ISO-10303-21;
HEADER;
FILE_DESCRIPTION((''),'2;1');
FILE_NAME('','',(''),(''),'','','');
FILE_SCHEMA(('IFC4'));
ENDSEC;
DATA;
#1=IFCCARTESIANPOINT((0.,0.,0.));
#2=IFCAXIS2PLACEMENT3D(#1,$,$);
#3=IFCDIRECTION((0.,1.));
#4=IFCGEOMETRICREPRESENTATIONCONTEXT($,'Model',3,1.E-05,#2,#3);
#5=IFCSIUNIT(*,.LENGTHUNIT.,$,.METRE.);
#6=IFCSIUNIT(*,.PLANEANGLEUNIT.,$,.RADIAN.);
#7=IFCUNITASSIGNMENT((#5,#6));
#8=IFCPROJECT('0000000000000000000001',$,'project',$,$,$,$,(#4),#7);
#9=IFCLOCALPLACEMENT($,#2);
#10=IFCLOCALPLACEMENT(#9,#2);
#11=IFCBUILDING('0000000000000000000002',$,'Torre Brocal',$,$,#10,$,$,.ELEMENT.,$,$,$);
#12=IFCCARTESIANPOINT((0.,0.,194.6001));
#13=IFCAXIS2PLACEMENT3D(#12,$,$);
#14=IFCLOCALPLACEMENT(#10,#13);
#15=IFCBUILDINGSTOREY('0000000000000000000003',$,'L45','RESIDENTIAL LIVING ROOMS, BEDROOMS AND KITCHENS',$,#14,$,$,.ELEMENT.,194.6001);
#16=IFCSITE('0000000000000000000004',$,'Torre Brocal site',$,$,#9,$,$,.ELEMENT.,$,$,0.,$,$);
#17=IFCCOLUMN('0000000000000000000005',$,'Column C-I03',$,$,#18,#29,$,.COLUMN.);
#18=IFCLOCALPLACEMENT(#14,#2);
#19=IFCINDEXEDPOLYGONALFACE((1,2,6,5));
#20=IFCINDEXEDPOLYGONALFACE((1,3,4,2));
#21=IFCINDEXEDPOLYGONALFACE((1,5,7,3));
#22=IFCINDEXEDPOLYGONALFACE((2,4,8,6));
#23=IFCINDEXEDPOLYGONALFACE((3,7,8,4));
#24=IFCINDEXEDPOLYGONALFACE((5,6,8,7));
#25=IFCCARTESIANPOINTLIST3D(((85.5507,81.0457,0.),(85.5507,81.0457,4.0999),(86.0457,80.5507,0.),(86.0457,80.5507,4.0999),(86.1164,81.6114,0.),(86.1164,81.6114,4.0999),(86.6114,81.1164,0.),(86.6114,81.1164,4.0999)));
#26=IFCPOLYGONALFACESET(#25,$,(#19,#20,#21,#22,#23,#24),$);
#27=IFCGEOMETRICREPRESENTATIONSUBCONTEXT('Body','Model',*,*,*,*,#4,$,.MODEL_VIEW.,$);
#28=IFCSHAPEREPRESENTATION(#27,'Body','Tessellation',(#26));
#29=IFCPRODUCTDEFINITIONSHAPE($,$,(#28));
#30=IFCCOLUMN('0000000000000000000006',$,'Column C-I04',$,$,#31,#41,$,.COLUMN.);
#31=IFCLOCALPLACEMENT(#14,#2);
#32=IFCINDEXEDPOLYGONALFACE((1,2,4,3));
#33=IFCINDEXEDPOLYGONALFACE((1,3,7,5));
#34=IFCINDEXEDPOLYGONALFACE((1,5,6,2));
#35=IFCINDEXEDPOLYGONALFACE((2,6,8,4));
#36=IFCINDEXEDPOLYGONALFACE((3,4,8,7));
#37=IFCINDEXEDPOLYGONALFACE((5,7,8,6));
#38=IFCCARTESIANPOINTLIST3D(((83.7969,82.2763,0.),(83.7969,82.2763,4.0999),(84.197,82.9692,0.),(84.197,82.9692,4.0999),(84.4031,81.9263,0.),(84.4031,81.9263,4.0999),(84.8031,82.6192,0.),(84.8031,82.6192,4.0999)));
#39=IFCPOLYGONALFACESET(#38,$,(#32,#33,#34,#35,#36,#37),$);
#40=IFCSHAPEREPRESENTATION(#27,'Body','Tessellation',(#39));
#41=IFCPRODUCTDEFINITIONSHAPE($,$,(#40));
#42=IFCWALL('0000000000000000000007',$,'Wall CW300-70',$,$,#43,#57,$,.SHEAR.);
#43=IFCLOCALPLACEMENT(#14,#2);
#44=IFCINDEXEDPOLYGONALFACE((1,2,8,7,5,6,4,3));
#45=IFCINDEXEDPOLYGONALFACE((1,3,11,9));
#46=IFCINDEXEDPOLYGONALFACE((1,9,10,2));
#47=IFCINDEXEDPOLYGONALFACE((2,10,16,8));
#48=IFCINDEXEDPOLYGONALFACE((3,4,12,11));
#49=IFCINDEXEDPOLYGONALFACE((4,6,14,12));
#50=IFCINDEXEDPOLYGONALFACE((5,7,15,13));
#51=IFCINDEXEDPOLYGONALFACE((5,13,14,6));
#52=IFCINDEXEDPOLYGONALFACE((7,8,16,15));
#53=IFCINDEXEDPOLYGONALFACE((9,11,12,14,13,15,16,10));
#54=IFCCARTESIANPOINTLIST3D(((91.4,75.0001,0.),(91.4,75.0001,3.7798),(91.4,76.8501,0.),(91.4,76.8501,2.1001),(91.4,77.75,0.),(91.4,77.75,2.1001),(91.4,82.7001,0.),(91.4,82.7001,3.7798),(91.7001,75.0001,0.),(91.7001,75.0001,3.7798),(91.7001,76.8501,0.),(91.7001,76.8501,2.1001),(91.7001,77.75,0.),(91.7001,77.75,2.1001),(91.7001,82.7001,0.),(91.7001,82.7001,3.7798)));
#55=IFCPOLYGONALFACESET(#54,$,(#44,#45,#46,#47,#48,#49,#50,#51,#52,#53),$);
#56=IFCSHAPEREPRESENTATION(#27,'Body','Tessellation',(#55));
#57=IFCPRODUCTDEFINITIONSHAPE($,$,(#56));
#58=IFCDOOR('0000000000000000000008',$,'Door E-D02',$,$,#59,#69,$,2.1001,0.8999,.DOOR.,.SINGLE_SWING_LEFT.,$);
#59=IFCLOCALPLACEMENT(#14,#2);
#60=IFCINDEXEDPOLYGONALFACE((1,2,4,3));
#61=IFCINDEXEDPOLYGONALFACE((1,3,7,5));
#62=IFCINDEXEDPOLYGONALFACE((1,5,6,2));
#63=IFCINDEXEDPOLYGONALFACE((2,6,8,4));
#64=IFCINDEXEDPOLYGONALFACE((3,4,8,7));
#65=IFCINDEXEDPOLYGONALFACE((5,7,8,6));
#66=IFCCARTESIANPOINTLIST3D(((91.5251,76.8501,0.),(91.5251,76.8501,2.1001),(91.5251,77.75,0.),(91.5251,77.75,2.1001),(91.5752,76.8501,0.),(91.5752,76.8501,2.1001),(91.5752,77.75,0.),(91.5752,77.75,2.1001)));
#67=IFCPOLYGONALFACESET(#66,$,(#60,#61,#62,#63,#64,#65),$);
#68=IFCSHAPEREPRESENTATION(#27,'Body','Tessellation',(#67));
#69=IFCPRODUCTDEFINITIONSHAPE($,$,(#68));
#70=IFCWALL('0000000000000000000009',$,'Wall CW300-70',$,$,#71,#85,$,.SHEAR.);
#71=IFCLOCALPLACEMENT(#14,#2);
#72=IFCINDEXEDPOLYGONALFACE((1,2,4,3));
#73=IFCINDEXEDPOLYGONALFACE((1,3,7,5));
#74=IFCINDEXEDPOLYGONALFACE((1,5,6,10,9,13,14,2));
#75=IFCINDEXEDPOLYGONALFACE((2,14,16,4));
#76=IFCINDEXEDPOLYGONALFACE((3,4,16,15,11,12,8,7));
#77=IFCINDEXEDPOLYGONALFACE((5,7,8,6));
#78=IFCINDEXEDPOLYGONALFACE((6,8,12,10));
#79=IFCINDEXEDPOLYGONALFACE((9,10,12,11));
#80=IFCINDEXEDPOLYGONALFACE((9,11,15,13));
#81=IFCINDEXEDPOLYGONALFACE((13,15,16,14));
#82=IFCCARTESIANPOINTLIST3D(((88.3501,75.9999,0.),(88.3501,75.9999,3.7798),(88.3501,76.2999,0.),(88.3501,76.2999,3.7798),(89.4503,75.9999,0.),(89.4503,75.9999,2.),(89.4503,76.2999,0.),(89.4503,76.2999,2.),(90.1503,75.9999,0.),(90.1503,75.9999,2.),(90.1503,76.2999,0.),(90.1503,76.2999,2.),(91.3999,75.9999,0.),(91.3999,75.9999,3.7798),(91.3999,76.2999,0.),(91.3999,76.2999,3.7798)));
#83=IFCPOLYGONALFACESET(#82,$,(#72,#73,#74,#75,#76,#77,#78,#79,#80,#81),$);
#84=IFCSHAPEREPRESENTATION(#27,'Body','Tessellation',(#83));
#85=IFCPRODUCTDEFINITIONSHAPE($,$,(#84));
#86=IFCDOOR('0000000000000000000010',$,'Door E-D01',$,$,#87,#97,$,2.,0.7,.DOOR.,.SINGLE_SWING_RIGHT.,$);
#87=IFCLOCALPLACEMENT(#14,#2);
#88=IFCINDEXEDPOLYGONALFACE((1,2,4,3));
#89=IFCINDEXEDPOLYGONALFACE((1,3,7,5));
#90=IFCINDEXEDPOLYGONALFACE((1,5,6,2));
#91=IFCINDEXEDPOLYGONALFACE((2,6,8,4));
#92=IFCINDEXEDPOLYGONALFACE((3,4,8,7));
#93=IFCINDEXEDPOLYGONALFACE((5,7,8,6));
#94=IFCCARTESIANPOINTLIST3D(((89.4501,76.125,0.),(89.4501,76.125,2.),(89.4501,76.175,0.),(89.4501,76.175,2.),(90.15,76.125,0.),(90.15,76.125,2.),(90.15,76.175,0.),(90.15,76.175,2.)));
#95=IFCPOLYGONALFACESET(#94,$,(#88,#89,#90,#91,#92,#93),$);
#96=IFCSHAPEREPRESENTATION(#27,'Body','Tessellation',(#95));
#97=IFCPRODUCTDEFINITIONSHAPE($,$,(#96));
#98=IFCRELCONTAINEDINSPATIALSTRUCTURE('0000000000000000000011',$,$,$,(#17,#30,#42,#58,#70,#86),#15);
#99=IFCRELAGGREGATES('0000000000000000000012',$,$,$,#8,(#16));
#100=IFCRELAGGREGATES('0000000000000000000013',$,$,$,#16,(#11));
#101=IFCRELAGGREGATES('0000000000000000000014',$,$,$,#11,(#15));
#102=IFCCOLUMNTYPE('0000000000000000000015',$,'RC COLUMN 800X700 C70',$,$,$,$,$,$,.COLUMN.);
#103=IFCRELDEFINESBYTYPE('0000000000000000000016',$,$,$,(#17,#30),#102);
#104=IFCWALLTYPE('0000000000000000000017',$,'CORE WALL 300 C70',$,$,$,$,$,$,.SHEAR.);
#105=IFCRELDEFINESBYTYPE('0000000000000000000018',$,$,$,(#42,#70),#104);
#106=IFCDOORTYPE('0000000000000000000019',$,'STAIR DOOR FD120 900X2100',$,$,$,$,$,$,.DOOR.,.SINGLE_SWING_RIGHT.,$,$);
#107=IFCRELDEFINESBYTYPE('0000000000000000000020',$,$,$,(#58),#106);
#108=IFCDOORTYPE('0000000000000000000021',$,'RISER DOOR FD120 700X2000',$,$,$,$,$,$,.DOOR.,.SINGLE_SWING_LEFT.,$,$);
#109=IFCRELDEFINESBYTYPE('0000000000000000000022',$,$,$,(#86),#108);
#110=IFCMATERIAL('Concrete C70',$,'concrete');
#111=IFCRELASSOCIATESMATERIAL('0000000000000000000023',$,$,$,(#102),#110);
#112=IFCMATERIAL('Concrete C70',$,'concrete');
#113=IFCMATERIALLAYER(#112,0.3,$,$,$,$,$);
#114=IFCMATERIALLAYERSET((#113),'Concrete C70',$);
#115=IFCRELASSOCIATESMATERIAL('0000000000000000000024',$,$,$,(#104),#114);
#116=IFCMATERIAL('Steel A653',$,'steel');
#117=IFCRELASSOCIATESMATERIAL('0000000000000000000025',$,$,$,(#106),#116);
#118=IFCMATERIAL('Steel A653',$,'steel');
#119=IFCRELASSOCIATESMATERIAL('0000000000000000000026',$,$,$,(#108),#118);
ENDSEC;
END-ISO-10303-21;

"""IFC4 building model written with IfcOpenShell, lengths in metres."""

from ifc_helpers import new_model, si_unit, direction, frame, frame_2d, origin, origin_2d, place, context, subcontext, project, spatial, rectangle, extrude, material, layer, layer_set, material_profile, profile_set, type_object, element, fill, save


model = new_model("IFC4")

# Units and contexts
model_context = context("Model", 3, precision=1e-05, world=origin(), true_north=direction((0.0, 1.0)))
body_context = subcontext(model_context, "Body", "Model", "MODEL_VIEW")
ifc_project = project(units=[si_unit("LENGTHUNIT", "METRE"), si_unit("PLANEANGLEUNIT", "RADIAN")], contexts=[model_context])

# Site, building, storey
site_placement = place(None, origin())
site = spatial("IfcSite", under=ifc_project, at=site_placement, Name="Torre Brocal site", CompositionType="ELEMENT", RefElevation=0.0)
building_placement = place(site_placement, origin())
building = spatial("IfcBuilding", under=site, at=building_placement, Name="Torre Brocal", CompositionType="ELEMENT")
storey_placement = place(building_placement, frame((0.0, 0.0, 194.6001)))
storey = spatial("IfcBuildingStorey", under=building, at=storey_placement, Name="L45", Description="RESIDENTIAL LIVING ROOMS, BEDROOMS AND KITCHENS", CompositionType="ELEMENT", Elevation=194.6001)

# Columns
ifc_material_1 = material(Name="Concrete C70", Category="concrete")
ifc_material_profile = material_profile(ifc_material_1, rectangle(XDim=0.8, YDim=0.7, at=origin_2d()), Name="RC 800X700")
ifc_profile_set = profile_set([ifc_material_profile], Name="Concrete C70")
column_type = type_object("IfcColumnType", Name="RC COLUMN 800X700 C70", PredefinedType="COLUMN", material=ifc_profile_set)
for number, where, z_axis, x_axis, name in (
    (1, (86.0811, 81.0811, 0.0), (0.0, 0.0, 1.0), (0.707107, 0.707107, 0.0), "Column C-I03"),
    (2, (84.3, 82.4478, 0.0), (0.0, 0.0, 1.0), (0.5, 0.866025, 0.0), "Column C-I04"),
):
    element("IfcColumn", number, at=place(storey_placement, frame(where, z_axis=z_axis, x_axis=x_axis)), inside=storey, type_object=column_type, Name=name, PredefinedType="COLUMN", context=body_context, shape_type="SweptSolid", body=[
        extrude(rectangle(XDim=0.8, YDim=0.7, at=origin_2d()), origin(), (0.0, 0.0, 1.0), 4.0999),
    ])

# Walls, openings, doors
ifc_material_2 = material(Name="Concrete C70", Category="concrete")
ifc_layer_1 = layer(ifc_material_2, 0.3)
ifc_layer_set_1 = layer_set([ifc_layer_1], Name="Concrete C70")
wall_type_1 = type_object("IfcWallType", Name="CORE WALL 300 C70", PredefinedType="SHEAR", material=ifc_layer_set_1)
wall_1_placement = place(storey_placement, frame((91.55, 75.0, 0.0), z_axis=(0.0, 0.0, 1.0), x_axis=(0.0, 1.0, 0.0)))
wall_1 = element("IfcWall", 3, at=wall_1_placement, inside=storey, type_object=wall_type_1, Name="Wall CW300-70", PredefinedType="SHEAR", context=body_context, shape_type="SweptSolid", body=[
    extrude(rectangle(XDim=7.7, YDim=0.3, at=frame_2d((3.8501, 0.0))), origin(), (0.0, 0.0, 1.0), 3.7798),
])
opening_1_placement = place(wall_1_placement, frame((1.8501, 0.0, 0.0)))
opening_1 = element("IfcOpeningElement", 4, at=opening_1_placement, cuts=wall_1, PredefinedType="OPENING", context=body_context, shape_type="SweptSolid", body=[
    extrude(rectangle(XDim=0.8999, YDim=2.1001, at=frame_2d((0.45, 1.05))), frame((0.0, 0.1599, 0.0), z_axis=(0.0, -1.0, 0.0), x_axis=(1.0, 0.0, 0.0)), (0.0, 0.0, 1.0), 0.3201),
])
ifc_material_3 = material(Name="Steel A653", Category="steel")
door_type_1 = type_object("IfcDoorType", Name="STAIR DOOR FD120 900X2100", OperationType="SINGLE_SWING_RIGHT", PredefinedType="DOOR", material=ifc_material_3)
door_1_placement = place(opening_1_placement, origin())
door_1 = element("IfcDoor", 5, at=door_1_placement, inside=storey, type_object=door_type_1, Name="Door E-D02", OperationType="SINGLE_SWING_LEFT", OverallHeight=2.1001, OverallWidth=0.8999, PredefinedType="DOOR", context=body_context, shape_type="SweptSolid", body=[
    extrude(rectangle(XDim=0.8999, YDim=2.1001, at=frame_2d((0.45, 1.05))), frame((0.0, 0.0249, 0.0), z_axis=(0.0, -1.0, 0.0), x_axis=(1.0, 0.0, 0.0)), (0.0, 0.0, 1.0), 0.05),
])
fill(opening_1, door_1)
wall_2_placement = place(storey_placement, frame((88.3501, 76.1499, 0.0), z_axis=(0.0, 0.0, 1.0), x_axis=(1.0, 0.0, 0.0)))
wall_2 = element("IfcWall", 6, at=wall_2_placement, inside=storey, type_object=wall_type_1, Name="Wall CW300-70", PredefinedType="SHEAR", context=body_context, shape_type="SweptSolid", body=[
    extrude(rectangle(XDim=3.0498, YDim=0.3, at=frame_2d((1.5249, 0.0))), origin(), (0.0, 0.0, 1.0), 3.7798),
])
opening_2_placement = place(wall_2_placement, frame((1.1001, 0.0, 0.0)))
opening_2 = element("IfcOpeningElement", 7, at=opening_2_placement, cuts=wall_2, PredefinedType="OPENING", context=body_context, shape_type="SweptSolid", body=[
    extrude(rectangle(XDim=0.7, YDim=2.0, at=frame_2d((0.3501, 1.0))), frame((0.0, 0.1599, 0.0), z_axis=(0.0, -1.0, 0.0), x_axis=(1.0, 0.0, 0.0)), (0.0, 0.0, 1.0), 0.3201),
])
ifc_material_4 = material(Name="Steel A653", Category="steel")
door_type_2 = type_object("IfcDoorType", Name="RISER DOOR FD120 700X2000", OperationType="SINGLE_SWING_LEFT", PredefinedType="DOOR", material=ifc_material_4)
door_2_placement = place(opening_2_placement, frame((0.7, 0.0, 0.0), z_axis=(0.0, 0.0, 1.0), x_axis=(-1.0, 0.0, 0.0)))
door_2 = element("IfcDoor", 8, at=door_2_placement, inside=storey, type_object=door_type_2, Name="Door E-D01", OperationType="SINGLE_SWING_RIGHT", OverallHeight=2.0, OverallWidth=0.7, PredefinedType="DOOR", context=body_context, shape_type="SweptSolid", body=[
    extrude(rectangle(XDim=0.7, YDim=2.0, at=frame_2d((0.3501, 1.0))), frame((0.0, 0.0249, 0.0), z_axis=(0.0, -1.0, 0.0), x_axis=(1.0, 0.0, 0.0)), (0.0, 0.0, 1.0), 0.05),
])
fill(opening_2, door_2)

save(model, "model.ifc")
